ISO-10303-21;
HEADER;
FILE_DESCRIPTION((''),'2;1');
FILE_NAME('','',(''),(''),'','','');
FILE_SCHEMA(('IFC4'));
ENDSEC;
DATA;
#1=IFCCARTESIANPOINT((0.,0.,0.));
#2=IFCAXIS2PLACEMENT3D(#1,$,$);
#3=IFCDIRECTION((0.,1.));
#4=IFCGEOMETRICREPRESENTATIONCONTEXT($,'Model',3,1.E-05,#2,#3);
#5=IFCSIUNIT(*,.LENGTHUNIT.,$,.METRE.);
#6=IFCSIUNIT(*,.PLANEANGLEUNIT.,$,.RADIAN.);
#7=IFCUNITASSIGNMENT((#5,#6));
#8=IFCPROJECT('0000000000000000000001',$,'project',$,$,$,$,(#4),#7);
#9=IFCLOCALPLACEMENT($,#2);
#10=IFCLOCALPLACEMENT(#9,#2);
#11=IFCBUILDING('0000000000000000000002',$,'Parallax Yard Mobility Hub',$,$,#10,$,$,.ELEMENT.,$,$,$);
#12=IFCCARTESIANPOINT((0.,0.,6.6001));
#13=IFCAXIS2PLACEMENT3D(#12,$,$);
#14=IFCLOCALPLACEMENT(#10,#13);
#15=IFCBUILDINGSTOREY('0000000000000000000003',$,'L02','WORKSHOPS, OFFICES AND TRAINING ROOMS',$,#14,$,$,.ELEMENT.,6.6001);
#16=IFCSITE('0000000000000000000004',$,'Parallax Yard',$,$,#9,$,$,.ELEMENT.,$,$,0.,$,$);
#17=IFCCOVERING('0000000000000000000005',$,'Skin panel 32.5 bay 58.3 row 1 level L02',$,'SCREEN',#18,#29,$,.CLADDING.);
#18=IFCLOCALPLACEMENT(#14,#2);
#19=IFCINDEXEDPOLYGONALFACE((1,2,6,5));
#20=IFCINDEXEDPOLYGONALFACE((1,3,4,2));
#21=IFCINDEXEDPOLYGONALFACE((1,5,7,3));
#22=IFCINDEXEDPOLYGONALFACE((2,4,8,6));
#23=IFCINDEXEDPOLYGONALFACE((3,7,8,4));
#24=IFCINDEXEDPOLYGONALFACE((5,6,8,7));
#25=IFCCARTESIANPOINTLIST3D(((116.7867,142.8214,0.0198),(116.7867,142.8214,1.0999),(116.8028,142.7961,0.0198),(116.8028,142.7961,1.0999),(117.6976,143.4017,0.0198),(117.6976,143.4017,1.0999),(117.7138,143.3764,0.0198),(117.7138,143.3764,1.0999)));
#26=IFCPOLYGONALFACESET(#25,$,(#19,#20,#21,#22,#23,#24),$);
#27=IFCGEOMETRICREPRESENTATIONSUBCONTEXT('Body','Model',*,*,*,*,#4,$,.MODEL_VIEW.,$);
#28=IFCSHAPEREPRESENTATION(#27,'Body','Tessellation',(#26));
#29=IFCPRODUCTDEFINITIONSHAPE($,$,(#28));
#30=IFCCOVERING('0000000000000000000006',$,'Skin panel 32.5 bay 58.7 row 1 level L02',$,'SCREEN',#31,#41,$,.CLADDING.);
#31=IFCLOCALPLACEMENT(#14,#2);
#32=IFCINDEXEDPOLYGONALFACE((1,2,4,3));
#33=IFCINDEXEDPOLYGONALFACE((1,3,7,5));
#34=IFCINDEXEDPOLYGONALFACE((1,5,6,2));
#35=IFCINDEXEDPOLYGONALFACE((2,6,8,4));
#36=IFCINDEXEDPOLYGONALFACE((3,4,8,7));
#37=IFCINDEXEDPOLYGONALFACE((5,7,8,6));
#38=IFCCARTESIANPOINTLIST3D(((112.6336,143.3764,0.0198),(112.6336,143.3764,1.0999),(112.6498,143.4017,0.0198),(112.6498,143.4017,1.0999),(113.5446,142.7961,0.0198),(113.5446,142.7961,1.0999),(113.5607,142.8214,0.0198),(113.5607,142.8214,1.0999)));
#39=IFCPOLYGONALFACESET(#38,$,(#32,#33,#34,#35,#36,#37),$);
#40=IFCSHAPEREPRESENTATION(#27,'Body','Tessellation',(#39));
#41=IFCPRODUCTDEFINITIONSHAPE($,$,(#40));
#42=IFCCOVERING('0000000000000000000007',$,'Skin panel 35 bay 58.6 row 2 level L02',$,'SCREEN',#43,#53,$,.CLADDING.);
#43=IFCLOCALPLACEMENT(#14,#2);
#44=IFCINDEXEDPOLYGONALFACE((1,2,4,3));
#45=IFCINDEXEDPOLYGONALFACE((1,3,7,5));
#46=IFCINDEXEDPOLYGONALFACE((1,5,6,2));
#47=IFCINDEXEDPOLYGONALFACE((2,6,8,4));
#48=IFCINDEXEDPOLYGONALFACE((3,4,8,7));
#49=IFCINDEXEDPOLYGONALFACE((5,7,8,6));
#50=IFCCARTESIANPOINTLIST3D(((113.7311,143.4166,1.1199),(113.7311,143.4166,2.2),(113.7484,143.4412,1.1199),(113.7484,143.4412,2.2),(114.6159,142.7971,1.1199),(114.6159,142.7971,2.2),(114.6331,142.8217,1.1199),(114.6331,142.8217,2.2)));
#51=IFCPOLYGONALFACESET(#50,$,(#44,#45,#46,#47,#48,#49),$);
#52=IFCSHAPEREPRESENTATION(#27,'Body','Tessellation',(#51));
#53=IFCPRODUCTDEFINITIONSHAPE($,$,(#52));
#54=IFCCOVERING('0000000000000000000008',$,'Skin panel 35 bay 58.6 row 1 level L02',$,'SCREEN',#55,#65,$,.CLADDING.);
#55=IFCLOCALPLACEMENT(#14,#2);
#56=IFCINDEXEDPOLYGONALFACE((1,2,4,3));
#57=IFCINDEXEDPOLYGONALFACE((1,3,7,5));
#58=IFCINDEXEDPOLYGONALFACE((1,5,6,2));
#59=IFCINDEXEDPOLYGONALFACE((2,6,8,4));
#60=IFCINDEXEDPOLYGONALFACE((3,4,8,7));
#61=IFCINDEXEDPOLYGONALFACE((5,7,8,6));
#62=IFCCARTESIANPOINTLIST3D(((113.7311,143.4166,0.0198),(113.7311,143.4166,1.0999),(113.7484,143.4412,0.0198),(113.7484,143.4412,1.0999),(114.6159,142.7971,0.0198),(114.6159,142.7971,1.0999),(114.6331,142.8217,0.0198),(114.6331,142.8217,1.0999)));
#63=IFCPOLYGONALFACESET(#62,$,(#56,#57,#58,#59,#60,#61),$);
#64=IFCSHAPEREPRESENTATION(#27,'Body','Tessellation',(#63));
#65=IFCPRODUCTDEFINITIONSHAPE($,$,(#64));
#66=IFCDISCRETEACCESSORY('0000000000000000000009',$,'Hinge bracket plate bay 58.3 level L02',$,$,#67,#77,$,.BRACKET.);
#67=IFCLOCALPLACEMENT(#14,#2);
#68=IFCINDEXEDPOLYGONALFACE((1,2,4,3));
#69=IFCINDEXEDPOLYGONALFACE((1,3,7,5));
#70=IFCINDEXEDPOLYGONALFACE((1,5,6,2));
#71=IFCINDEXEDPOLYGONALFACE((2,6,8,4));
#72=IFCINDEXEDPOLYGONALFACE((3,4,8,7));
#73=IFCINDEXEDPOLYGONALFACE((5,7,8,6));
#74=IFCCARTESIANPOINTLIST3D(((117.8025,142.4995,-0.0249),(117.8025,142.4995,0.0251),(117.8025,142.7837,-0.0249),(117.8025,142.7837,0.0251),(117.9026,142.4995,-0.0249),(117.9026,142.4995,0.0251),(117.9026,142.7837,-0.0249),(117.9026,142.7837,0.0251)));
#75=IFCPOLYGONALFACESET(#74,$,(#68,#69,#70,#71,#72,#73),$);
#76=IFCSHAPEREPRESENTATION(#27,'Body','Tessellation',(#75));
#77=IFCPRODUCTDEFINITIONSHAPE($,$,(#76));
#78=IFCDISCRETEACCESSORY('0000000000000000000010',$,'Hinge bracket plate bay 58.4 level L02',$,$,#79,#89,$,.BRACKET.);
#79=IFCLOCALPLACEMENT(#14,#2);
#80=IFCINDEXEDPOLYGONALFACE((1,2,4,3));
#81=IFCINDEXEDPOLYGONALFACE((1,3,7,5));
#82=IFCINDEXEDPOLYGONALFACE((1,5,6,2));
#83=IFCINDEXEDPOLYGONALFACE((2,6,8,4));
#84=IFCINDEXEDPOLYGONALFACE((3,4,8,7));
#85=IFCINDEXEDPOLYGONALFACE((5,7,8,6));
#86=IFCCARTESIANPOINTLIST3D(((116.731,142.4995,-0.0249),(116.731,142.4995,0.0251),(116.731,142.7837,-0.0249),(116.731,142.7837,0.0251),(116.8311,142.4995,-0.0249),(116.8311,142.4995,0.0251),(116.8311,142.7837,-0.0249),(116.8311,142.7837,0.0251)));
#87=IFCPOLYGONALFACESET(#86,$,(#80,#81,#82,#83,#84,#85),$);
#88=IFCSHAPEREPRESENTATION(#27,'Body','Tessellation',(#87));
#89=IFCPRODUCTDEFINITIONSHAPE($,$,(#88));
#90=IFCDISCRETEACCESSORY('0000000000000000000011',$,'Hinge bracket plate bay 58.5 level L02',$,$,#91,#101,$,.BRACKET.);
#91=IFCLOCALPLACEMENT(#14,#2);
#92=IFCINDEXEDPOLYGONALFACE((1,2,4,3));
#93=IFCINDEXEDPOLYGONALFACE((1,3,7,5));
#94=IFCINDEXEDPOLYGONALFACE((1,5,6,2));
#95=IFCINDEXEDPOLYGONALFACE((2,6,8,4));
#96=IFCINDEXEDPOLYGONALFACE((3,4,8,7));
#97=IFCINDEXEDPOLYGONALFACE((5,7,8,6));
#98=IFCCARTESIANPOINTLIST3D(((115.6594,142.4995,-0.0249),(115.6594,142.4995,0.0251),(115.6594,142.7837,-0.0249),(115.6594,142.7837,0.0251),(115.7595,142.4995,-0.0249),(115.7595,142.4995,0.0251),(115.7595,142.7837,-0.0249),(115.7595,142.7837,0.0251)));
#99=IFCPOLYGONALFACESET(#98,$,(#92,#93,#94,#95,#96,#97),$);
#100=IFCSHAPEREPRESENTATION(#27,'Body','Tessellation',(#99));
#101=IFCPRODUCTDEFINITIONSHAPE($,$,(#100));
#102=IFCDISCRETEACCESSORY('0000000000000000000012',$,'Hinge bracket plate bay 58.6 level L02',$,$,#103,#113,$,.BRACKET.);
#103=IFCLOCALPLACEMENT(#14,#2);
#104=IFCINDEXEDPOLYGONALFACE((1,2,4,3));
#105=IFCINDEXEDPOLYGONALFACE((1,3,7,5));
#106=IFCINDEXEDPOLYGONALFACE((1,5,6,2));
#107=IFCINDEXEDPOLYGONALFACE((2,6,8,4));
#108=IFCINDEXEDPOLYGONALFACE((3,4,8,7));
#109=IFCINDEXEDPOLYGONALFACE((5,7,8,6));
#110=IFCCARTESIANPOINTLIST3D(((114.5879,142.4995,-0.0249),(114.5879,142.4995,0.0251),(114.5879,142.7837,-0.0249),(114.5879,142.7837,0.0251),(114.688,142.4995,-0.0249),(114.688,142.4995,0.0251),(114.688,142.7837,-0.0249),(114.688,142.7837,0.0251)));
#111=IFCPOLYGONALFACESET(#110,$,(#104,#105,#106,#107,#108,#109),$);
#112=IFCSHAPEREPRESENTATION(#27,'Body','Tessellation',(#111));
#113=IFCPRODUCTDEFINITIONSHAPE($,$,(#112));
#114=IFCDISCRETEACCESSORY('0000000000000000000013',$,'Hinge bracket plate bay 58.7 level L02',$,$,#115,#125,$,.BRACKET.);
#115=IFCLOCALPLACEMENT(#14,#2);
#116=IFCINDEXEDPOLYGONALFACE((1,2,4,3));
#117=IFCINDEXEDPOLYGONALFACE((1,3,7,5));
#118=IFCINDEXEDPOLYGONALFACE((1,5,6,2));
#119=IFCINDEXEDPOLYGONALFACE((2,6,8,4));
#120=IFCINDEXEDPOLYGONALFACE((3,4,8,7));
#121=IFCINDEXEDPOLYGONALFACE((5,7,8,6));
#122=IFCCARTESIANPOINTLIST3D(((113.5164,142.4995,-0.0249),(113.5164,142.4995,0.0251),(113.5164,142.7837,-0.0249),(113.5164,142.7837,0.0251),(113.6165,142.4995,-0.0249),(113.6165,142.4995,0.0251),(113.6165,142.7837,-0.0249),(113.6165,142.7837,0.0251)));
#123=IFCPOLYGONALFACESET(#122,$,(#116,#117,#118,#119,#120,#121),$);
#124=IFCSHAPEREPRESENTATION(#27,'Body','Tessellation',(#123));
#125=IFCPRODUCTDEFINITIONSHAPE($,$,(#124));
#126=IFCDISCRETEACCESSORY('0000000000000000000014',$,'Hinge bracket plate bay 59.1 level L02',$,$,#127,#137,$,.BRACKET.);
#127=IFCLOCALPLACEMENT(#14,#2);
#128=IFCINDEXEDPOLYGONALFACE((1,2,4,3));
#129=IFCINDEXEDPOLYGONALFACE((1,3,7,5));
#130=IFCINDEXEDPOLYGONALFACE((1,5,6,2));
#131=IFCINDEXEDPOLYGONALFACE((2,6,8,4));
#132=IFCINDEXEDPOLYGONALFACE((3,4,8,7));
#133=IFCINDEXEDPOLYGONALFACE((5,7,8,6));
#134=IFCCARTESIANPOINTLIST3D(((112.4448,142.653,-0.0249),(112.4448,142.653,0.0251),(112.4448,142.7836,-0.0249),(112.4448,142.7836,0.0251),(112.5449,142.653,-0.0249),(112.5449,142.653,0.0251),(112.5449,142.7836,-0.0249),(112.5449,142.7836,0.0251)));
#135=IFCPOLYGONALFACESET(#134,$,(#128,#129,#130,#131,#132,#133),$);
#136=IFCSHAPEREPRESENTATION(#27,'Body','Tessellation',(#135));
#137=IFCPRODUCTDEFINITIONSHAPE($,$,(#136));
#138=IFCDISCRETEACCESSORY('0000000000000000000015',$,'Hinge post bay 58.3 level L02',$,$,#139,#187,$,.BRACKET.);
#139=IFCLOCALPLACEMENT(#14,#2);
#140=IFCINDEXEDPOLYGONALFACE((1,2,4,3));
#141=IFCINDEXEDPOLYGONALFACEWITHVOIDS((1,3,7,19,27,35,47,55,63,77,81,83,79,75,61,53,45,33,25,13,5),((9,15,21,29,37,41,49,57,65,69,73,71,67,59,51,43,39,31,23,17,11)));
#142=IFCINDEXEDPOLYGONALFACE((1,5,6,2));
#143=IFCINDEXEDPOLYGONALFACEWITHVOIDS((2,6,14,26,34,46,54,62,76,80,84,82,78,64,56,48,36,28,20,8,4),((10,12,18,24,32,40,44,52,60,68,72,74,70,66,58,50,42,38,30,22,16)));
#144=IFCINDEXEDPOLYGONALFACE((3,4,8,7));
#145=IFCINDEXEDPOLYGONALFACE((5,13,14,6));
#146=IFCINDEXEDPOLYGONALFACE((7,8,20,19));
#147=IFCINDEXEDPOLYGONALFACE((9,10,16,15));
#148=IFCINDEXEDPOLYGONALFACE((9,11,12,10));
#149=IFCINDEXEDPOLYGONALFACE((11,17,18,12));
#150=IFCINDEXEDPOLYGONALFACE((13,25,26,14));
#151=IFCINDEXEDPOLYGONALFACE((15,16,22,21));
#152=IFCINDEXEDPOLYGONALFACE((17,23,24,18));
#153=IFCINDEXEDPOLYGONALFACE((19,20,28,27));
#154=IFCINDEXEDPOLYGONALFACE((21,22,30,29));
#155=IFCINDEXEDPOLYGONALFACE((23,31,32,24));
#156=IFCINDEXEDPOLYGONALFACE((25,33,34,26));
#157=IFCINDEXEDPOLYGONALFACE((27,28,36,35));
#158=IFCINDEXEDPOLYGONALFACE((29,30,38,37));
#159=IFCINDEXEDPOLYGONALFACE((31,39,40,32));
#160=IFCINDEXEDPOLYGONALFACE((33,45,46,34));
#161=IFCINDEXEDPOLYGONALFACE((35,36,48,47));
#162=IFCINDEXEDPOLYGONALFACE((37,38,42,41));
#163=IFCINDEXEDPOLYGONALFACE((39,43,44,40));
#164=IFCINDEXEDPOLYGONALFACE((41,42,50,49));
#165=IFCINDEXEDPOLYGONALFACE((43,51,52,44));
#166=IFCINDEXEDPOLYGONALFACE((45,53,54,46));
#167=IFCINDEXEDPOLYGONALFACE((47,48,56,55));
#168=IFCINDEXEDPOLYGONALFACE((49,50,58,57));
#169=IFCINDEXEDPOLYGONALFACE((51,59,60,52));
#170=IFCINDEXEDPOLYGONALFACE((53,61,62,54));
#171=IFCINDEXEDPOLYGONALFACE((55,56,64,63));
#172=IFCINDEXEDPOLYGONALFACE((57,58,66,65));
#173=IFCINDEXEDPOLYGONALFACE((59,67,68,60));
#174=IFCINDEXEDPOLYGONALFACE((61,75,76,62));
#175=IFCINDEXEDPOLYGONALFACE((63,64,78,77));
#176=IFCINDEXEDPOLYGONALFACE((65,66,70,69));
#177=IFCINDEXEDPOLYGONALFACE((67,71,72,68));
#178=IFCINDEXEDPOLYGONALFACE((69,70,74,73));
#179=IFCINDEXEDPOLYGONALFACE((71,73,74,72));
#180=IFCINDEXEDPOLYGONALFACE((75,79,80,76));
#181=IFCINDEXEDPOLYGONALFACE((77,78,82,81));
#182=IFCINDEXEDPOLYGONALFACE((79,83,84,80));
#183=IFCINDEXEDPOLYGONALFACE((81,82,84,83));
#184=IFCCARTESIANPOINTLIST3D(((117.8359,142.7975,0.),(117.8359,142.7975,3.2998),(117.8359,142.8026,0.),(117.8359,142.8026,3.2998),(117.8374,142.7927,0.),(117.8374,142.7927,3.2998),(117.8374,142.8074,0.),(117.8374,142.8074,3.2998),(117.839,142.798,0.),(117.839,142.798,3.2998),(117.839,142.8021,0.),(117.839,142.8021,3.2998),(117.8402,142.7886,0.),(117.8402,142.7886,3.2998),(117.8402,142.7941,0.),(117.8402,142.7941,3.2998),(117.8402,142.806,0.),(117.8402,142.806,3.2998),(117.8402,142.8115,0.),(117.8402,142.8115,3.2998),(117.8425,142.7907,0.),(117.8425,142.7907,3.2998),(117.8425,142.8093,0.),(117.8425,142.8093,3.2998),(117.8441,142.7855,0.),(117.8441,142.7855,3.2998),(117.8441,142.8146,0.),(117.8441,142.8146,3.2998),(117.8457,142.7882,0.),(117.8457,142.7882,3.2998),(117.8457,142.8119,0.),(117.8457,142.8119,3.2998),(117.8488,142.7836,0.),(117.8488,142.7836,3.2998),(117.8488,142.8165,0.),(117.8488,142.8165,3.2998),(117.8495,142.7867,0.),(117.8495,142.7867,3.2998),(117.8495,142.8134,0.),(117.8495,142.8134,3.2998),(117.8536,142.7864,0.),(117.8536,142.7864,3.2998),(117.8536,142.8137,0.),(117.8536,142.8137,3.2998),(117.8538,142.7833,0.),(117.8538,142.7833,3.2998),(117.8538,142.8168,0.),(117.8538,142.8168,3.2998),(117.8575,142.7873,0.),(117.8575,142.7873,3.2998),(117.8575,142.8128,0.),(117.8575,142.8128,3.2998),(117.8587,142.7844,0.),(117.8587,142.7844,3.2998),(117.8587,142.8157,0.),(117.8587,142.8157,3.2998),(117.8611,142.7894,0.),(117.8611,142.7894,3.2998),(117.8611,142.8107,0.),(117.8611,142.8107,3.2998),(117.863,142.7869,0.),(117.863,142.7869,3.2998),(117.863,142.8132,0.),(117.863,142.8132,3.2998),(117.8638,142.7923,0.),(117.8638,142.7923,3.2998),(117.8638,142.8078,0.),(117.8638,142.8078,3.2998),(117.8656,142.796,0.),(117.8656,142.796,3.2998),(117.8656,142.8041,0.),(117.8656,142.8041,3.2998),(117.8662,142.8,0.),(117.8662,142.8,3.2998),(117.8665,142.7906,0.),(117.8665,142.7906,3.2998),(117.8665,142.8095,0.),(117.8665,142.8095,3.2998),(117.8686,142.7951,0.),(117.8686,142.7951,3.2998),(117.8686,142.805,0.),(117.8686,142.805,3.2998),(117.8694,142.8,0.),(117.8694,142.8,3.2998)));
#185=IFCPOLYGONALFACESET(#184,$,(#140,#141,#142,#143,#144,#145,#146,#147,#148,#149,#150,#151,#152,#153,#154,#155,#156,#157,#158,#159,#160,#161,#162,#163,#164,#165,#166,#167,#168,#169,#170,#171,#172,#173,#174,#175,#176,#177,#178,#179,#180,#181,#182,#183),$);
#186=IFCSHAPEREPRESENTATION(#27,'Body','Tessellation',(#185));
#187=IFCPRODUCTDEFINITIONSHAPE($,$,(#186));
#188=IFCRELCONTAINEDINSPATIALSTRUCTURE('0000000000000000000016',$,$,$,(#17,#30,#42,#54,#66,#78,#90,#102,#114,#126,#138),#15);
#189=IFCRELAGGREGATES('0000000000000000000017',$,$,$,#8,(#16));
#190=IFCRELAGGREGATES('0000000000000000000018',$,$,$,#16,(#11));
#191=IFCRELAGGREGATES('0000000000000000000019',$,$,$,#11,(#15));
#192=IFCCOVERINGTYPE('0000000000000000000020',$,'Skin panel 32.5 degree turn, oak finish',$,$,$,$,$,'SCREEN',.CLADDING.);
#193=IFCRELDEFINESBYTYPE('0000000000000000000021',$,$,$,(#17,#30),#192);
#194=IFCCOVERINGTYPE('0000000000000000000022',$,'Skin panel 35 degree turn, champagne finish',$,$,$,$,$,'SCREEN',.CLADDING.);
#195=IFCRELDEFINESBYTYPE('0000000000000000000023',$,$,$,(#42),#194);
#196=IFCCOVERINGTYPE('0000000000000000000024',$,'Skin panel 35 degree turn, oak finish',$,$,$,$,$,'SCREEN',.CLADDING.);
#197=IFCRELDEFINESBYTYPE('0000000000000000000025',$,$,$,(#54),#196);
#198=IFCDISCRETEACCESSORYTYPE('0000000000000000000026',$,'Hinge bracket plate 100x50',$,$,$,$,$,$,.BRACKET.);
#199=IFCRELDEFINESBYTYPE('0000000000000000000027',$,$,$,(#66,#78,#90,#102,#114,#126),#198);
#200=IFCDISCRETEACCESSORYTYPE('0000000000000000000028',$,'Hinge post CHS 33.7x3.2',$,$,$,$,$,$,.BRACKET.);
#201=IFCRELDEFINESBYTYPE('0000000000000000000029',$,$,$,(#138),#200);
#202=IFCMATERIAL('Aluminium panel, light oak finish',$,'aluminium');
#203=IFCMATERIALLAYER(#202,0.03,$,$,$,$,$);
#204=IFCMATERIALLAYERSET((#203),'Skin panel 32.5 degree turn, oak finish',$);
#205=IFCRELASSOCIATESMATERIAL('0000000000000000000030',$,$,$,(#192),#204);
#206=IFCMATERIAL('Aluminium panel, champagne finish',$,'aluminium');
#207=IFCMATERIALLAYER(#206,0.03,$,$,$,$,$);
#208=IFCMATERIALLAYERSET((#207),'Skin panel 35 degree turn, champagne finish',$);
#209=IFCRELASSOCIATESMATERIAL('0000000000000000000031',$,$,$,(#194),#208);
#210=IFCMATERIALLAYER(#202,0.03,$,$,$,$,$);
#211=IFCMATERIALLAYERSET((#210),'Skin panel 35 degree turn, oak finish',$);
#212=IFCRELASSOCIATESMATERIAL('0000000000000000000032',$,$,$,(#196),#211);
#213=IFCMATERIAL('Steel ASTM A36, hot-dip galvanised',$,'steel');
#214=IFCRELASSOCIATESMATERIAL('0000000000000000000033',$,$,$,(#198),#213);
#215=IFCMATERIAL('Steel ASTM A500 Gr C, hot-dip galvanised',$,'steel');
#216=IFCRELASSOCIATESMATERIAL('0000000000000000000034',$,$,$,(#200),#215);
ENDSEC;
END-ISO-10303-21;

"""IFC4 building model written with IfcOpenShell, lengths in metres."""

from ifc_helpers import new_model, si_unit, direction, frame, origin, origin_2d, place, context, subcontext, project, spatial, rectangle, hollow_circle, extrude, material, layer, layer_set, material_profile, profile_set, type_object, element, save


model = new_model("IFC4")

# Units and contexts
model_context = context("Model", 3, precision=1e-05, world=origin(), true_north=direction((0.0, 1.0)))
body_context = subcontext(model_context, "Body", "Model", "MODEL_VIEW")
ifc_project = project(units=[si_unit("LENGTHUNIT", "METRE"), si_unit("PLANEANGLEUNIT", "RADIAN")], contexts=[model_context])

# Site, building, storey
site_placement = place(None, origin())
site = spatial("IfcSite", under=ifc_project, at=site_placement, Name="Parallax Yard", CompositionType="ELEMENT", RefElevation=0.0)
building_placement = place(site_placement, origin())
building = spatial("IfcBuilding", under=site, at=building_placement, Name="Parallax Yard Mobility Hub", CompositionType="ELEMENT")
storey_placement = place(building_placement, frame((0.0, 0.0, 6.6001)))
storey = spatial("IfcBuildingStorey", under=building, at=storey_placement, Name="L02", Description="WORKSHOPS, OFFICES AND TRAINING ROOMS", CompositionType="ELEMENT", Elevation=6.6001)

# Coverings
ifc_material_1 = material(Name="Aluminium panel, champagne finish", Category="aluminium")
ifc_material_2 = material(Name="Aluminium panel, light oak finish", Category="aluminium")
ifc_layer_1 = layer(ifc_material_2, 0.03)
ifc_layer_set_1 = layer_set([ifc_layer_1], Name="Skin panel 32.5 degree turn, oak finish")
covering_type_1 = type_object("IfcCoveringType", Name="Skin panel 32.5 degree turn, oak finish", ElementType="SCREEN", PredefinedType="CLADDING", material=ifc_layer_set_1)
for number, where, z_axis, x_axis, name in (
    (1, (117.2502, 143.0989, 0.0198), (0.0, 0.0, 1.0), (0.843391, 0.5373, 0.0), "Skin panel 32.5 bay 58.3 row 1 level L02"),
    (2, (113.0972, 143.0989, 0.0198), (0.0, 0.0, 1.0), (-0.843391, 0.5373, 0.0), "Skin panel 32.5 bay 58.7 row 1 level L02"),
):
    element("IfcCovering", number, at=place(storey_placement, frame(where, z_axis=z_axis, x_axis=x_axis)), inside=storey, type_object=covering_type_1, Name=name, ObjectType="SCREEN", PredefinedType="CLADDING", context=body_context, shape_type="SweptSolid", body=[
        extrude(rectangle(XDim=1.0801, YDim=0.03, at=origin_2d()), origin(), (0.0, 0.0, 1.0), 1.0801),
    ])
ifc_layer_2 = layer(ifc_material_1, 0.03)
ifc_layer_set_2 = layer_set([ifc_layer_2], Name="Skin panel 35 degree turn, champagne finish")
covering_type_2 = type_object("IfcCoveringType", Name="Skin panel 35 degree turn, champagne finish", ElementType="SCREEN", PredefinedType="CLADDING", material=ifc_layer_set_2)
covering_1_placement = place(storey_placement, frame((114.1821, 143.1191, 1.1199), z_axis=(0.0, 0.0, 1.0), x_axis=(-0.819152, 0.573576, 0.0)))
element("IfcCovering", 3, at=covering_1_placement, inside=storey, type_object=covering_type_2, Name="Skin panel 35 bay 58.6 row 2 level L02", ObjectType="SCREEN", PredefinedType="CLADDING", context=body_context, shape_type="SweptSolid", body=[
    extrude(rectangle(XDim=1.0801, YDim=0.03, at=origin_2d()), origin(), (0.0, 0.0, 1.0), 1.0801),
])
ifc_layer_3 = layer(ifc_material_2, 0.03)
ifc_layer_set_3 = layer_set([ifc_layer_3], Name="Skin panel 35 degree turn, oak finish")
covering_type_3 = type_object("IfcCoveringType", Name="Skin panel 35 degree turn, oak finish", ElementType="SCREEN", PredefinedType="CLADDING", material=ifc_layer_set_3)
covering_2_placement = place(storey_placement, frame((114.1821, 143.1191, 0.0198), z_axis=(0.0, 0.0, 1.0), x_axis=(-0.819152, 0.573576, 0.0)))
element("IfcCovering", 4, at=covering_2_placement, inside=storey, type_object=covering_type_3, Name="Skin panel 35 bay 58.6 row 1 level L02", ObjectType="SCREEN", PredefinedType="CLADDING", context=body_context, shape_type="SweptSolid", body=[
    extrude(rectangle(XDim=1.0801, YDim=0.03, at=origin_2d()), origin(), (0.0, 0.0, 1.0), 1.0801),
])

# Discrete accessories
ifc_material_3 = material(Name="Steel ASTM A36, hot-dip galvanised", Category="steel")
discrete_accessory_type_1 = type_object("IfcDiscreteAccessoryType", Name="Hinge bracket plate 100x50", PredefinedType="BRACKET", material=ifc_material_3)
for number, where, z_axis, x_axis, name in (
    (5, (117.8525, 142.6416, -0.0249), (0.0, 0.0, 1.0), (0.0, 1.0, 0.0), "Hinge bracket plate bay 58.3 level L02"),
    (6, (116.781, 142.6416, -0.0249), (0.0, 0.0, 1.0), (0.0, 1.0, 0.0), "Hinge bracket plate bay 58.4 level L02"),
    (7, (115.7095, 142.6416, -0.0249), (0.0, 0.0, 1.0), (0.0, 1.0, 0.0), "Hinge bracket plate bay 58.5 level L02"),
    (8, (114.6379, 142.6416, -0.0249), (0.0, 0.0, 1.0), (0.0, 1.0, 0.0), "Hinge bracket plate bay 58.6 level L02"),
    (9, (113.5664, 142.6416, -0.0249), (0.0, 0.0, 1.0), (0.0, 1.0, 0.0), "Hinge bracket plate bay 58.7 level L02"),
):
    element("IfcDiscreteAccessory", number, at=place(storey_placement, frame(where, z_axis=z_axis, x_axis=x_axis)), inside=storey, type_object=discrete_accessory_type_1, Name=name, PredefinedType="BRACKET", context=body_context, shape_type="SweptSolid", body=[
        extrude(rectangle(XDim=0.2842, YDim=0.1001, at=origin_2d()), origin(), (0.0, 0.0, 1.0), 0.05),
    ])
discrete_accessory_placement = place(storey_placement, frame((112.4949, 142.7183, -0.0249), z_axis=(0.0, 0.0, 1.0), x_axis=(0.0, 1.0, 0.0)))
element("IfcDiscreteAccessory", 10, at=discrete_accessory_placement, inside=storey, type_object=discrete_accessory_type_1, Name="Hinge bracket plate bay 59.1 level L02", PredefinedType="BRACKET", context=body_context, shape_type="SweptSolid", body=[
    extrude(rectangle(XDim=0.1306, YDim=0.1001, at=origin_2d()), origin(), (0.0, 0.0, 1.0), 0.05),
])
ifc_material_4 = material(Name="Steel ASTM A500 Gr C, hot-dip galvanised", Category="steel")
ifc_material_profile = material_profile(ifc_material_4, hollow_circle(Radius=0.0168, WallThickness=0.0032, at=origin_2d()), Name="CHS 33.7x3.2")
ifc_profile_set = profile_set([ifc_material_profile], Name="Steel ASTM A500 Gr C, hot-dip galvanised")
discrete_accessory_type_2 = type_object("IfcDiscreteAccessoryType", Name="Hinge post CHS 33.7x3.2", PredefinedType="BRACKET", material=ifc_profile_set)
for number, where, z_axis, x_axis, name in (
    (11, (117.8525, 142.8, 0.0), (0.0, 0.0, 1.0), (1.0, 0.0, 0.0), "Hinge post bay 58.3 level L02"),
):
    element("IfcDiscreteAccessory", number, at=place(storey_placement, frame(where, z_axis=z_axis, x_axis=x_axis)), inside=storey, type_object=discrete_accessory_type_2, Name=name, PredefinedType="BRACKET", context=body_context, shape_type="SweptSolid", body=[
        extrude(hollow_circle(Radius=0.0168, WallThickness=0.0032, at=origin_2d()), origin(), (0.0, 0.0, 1.0), 3.2998),
    ])

save(model, "model.ifc")
